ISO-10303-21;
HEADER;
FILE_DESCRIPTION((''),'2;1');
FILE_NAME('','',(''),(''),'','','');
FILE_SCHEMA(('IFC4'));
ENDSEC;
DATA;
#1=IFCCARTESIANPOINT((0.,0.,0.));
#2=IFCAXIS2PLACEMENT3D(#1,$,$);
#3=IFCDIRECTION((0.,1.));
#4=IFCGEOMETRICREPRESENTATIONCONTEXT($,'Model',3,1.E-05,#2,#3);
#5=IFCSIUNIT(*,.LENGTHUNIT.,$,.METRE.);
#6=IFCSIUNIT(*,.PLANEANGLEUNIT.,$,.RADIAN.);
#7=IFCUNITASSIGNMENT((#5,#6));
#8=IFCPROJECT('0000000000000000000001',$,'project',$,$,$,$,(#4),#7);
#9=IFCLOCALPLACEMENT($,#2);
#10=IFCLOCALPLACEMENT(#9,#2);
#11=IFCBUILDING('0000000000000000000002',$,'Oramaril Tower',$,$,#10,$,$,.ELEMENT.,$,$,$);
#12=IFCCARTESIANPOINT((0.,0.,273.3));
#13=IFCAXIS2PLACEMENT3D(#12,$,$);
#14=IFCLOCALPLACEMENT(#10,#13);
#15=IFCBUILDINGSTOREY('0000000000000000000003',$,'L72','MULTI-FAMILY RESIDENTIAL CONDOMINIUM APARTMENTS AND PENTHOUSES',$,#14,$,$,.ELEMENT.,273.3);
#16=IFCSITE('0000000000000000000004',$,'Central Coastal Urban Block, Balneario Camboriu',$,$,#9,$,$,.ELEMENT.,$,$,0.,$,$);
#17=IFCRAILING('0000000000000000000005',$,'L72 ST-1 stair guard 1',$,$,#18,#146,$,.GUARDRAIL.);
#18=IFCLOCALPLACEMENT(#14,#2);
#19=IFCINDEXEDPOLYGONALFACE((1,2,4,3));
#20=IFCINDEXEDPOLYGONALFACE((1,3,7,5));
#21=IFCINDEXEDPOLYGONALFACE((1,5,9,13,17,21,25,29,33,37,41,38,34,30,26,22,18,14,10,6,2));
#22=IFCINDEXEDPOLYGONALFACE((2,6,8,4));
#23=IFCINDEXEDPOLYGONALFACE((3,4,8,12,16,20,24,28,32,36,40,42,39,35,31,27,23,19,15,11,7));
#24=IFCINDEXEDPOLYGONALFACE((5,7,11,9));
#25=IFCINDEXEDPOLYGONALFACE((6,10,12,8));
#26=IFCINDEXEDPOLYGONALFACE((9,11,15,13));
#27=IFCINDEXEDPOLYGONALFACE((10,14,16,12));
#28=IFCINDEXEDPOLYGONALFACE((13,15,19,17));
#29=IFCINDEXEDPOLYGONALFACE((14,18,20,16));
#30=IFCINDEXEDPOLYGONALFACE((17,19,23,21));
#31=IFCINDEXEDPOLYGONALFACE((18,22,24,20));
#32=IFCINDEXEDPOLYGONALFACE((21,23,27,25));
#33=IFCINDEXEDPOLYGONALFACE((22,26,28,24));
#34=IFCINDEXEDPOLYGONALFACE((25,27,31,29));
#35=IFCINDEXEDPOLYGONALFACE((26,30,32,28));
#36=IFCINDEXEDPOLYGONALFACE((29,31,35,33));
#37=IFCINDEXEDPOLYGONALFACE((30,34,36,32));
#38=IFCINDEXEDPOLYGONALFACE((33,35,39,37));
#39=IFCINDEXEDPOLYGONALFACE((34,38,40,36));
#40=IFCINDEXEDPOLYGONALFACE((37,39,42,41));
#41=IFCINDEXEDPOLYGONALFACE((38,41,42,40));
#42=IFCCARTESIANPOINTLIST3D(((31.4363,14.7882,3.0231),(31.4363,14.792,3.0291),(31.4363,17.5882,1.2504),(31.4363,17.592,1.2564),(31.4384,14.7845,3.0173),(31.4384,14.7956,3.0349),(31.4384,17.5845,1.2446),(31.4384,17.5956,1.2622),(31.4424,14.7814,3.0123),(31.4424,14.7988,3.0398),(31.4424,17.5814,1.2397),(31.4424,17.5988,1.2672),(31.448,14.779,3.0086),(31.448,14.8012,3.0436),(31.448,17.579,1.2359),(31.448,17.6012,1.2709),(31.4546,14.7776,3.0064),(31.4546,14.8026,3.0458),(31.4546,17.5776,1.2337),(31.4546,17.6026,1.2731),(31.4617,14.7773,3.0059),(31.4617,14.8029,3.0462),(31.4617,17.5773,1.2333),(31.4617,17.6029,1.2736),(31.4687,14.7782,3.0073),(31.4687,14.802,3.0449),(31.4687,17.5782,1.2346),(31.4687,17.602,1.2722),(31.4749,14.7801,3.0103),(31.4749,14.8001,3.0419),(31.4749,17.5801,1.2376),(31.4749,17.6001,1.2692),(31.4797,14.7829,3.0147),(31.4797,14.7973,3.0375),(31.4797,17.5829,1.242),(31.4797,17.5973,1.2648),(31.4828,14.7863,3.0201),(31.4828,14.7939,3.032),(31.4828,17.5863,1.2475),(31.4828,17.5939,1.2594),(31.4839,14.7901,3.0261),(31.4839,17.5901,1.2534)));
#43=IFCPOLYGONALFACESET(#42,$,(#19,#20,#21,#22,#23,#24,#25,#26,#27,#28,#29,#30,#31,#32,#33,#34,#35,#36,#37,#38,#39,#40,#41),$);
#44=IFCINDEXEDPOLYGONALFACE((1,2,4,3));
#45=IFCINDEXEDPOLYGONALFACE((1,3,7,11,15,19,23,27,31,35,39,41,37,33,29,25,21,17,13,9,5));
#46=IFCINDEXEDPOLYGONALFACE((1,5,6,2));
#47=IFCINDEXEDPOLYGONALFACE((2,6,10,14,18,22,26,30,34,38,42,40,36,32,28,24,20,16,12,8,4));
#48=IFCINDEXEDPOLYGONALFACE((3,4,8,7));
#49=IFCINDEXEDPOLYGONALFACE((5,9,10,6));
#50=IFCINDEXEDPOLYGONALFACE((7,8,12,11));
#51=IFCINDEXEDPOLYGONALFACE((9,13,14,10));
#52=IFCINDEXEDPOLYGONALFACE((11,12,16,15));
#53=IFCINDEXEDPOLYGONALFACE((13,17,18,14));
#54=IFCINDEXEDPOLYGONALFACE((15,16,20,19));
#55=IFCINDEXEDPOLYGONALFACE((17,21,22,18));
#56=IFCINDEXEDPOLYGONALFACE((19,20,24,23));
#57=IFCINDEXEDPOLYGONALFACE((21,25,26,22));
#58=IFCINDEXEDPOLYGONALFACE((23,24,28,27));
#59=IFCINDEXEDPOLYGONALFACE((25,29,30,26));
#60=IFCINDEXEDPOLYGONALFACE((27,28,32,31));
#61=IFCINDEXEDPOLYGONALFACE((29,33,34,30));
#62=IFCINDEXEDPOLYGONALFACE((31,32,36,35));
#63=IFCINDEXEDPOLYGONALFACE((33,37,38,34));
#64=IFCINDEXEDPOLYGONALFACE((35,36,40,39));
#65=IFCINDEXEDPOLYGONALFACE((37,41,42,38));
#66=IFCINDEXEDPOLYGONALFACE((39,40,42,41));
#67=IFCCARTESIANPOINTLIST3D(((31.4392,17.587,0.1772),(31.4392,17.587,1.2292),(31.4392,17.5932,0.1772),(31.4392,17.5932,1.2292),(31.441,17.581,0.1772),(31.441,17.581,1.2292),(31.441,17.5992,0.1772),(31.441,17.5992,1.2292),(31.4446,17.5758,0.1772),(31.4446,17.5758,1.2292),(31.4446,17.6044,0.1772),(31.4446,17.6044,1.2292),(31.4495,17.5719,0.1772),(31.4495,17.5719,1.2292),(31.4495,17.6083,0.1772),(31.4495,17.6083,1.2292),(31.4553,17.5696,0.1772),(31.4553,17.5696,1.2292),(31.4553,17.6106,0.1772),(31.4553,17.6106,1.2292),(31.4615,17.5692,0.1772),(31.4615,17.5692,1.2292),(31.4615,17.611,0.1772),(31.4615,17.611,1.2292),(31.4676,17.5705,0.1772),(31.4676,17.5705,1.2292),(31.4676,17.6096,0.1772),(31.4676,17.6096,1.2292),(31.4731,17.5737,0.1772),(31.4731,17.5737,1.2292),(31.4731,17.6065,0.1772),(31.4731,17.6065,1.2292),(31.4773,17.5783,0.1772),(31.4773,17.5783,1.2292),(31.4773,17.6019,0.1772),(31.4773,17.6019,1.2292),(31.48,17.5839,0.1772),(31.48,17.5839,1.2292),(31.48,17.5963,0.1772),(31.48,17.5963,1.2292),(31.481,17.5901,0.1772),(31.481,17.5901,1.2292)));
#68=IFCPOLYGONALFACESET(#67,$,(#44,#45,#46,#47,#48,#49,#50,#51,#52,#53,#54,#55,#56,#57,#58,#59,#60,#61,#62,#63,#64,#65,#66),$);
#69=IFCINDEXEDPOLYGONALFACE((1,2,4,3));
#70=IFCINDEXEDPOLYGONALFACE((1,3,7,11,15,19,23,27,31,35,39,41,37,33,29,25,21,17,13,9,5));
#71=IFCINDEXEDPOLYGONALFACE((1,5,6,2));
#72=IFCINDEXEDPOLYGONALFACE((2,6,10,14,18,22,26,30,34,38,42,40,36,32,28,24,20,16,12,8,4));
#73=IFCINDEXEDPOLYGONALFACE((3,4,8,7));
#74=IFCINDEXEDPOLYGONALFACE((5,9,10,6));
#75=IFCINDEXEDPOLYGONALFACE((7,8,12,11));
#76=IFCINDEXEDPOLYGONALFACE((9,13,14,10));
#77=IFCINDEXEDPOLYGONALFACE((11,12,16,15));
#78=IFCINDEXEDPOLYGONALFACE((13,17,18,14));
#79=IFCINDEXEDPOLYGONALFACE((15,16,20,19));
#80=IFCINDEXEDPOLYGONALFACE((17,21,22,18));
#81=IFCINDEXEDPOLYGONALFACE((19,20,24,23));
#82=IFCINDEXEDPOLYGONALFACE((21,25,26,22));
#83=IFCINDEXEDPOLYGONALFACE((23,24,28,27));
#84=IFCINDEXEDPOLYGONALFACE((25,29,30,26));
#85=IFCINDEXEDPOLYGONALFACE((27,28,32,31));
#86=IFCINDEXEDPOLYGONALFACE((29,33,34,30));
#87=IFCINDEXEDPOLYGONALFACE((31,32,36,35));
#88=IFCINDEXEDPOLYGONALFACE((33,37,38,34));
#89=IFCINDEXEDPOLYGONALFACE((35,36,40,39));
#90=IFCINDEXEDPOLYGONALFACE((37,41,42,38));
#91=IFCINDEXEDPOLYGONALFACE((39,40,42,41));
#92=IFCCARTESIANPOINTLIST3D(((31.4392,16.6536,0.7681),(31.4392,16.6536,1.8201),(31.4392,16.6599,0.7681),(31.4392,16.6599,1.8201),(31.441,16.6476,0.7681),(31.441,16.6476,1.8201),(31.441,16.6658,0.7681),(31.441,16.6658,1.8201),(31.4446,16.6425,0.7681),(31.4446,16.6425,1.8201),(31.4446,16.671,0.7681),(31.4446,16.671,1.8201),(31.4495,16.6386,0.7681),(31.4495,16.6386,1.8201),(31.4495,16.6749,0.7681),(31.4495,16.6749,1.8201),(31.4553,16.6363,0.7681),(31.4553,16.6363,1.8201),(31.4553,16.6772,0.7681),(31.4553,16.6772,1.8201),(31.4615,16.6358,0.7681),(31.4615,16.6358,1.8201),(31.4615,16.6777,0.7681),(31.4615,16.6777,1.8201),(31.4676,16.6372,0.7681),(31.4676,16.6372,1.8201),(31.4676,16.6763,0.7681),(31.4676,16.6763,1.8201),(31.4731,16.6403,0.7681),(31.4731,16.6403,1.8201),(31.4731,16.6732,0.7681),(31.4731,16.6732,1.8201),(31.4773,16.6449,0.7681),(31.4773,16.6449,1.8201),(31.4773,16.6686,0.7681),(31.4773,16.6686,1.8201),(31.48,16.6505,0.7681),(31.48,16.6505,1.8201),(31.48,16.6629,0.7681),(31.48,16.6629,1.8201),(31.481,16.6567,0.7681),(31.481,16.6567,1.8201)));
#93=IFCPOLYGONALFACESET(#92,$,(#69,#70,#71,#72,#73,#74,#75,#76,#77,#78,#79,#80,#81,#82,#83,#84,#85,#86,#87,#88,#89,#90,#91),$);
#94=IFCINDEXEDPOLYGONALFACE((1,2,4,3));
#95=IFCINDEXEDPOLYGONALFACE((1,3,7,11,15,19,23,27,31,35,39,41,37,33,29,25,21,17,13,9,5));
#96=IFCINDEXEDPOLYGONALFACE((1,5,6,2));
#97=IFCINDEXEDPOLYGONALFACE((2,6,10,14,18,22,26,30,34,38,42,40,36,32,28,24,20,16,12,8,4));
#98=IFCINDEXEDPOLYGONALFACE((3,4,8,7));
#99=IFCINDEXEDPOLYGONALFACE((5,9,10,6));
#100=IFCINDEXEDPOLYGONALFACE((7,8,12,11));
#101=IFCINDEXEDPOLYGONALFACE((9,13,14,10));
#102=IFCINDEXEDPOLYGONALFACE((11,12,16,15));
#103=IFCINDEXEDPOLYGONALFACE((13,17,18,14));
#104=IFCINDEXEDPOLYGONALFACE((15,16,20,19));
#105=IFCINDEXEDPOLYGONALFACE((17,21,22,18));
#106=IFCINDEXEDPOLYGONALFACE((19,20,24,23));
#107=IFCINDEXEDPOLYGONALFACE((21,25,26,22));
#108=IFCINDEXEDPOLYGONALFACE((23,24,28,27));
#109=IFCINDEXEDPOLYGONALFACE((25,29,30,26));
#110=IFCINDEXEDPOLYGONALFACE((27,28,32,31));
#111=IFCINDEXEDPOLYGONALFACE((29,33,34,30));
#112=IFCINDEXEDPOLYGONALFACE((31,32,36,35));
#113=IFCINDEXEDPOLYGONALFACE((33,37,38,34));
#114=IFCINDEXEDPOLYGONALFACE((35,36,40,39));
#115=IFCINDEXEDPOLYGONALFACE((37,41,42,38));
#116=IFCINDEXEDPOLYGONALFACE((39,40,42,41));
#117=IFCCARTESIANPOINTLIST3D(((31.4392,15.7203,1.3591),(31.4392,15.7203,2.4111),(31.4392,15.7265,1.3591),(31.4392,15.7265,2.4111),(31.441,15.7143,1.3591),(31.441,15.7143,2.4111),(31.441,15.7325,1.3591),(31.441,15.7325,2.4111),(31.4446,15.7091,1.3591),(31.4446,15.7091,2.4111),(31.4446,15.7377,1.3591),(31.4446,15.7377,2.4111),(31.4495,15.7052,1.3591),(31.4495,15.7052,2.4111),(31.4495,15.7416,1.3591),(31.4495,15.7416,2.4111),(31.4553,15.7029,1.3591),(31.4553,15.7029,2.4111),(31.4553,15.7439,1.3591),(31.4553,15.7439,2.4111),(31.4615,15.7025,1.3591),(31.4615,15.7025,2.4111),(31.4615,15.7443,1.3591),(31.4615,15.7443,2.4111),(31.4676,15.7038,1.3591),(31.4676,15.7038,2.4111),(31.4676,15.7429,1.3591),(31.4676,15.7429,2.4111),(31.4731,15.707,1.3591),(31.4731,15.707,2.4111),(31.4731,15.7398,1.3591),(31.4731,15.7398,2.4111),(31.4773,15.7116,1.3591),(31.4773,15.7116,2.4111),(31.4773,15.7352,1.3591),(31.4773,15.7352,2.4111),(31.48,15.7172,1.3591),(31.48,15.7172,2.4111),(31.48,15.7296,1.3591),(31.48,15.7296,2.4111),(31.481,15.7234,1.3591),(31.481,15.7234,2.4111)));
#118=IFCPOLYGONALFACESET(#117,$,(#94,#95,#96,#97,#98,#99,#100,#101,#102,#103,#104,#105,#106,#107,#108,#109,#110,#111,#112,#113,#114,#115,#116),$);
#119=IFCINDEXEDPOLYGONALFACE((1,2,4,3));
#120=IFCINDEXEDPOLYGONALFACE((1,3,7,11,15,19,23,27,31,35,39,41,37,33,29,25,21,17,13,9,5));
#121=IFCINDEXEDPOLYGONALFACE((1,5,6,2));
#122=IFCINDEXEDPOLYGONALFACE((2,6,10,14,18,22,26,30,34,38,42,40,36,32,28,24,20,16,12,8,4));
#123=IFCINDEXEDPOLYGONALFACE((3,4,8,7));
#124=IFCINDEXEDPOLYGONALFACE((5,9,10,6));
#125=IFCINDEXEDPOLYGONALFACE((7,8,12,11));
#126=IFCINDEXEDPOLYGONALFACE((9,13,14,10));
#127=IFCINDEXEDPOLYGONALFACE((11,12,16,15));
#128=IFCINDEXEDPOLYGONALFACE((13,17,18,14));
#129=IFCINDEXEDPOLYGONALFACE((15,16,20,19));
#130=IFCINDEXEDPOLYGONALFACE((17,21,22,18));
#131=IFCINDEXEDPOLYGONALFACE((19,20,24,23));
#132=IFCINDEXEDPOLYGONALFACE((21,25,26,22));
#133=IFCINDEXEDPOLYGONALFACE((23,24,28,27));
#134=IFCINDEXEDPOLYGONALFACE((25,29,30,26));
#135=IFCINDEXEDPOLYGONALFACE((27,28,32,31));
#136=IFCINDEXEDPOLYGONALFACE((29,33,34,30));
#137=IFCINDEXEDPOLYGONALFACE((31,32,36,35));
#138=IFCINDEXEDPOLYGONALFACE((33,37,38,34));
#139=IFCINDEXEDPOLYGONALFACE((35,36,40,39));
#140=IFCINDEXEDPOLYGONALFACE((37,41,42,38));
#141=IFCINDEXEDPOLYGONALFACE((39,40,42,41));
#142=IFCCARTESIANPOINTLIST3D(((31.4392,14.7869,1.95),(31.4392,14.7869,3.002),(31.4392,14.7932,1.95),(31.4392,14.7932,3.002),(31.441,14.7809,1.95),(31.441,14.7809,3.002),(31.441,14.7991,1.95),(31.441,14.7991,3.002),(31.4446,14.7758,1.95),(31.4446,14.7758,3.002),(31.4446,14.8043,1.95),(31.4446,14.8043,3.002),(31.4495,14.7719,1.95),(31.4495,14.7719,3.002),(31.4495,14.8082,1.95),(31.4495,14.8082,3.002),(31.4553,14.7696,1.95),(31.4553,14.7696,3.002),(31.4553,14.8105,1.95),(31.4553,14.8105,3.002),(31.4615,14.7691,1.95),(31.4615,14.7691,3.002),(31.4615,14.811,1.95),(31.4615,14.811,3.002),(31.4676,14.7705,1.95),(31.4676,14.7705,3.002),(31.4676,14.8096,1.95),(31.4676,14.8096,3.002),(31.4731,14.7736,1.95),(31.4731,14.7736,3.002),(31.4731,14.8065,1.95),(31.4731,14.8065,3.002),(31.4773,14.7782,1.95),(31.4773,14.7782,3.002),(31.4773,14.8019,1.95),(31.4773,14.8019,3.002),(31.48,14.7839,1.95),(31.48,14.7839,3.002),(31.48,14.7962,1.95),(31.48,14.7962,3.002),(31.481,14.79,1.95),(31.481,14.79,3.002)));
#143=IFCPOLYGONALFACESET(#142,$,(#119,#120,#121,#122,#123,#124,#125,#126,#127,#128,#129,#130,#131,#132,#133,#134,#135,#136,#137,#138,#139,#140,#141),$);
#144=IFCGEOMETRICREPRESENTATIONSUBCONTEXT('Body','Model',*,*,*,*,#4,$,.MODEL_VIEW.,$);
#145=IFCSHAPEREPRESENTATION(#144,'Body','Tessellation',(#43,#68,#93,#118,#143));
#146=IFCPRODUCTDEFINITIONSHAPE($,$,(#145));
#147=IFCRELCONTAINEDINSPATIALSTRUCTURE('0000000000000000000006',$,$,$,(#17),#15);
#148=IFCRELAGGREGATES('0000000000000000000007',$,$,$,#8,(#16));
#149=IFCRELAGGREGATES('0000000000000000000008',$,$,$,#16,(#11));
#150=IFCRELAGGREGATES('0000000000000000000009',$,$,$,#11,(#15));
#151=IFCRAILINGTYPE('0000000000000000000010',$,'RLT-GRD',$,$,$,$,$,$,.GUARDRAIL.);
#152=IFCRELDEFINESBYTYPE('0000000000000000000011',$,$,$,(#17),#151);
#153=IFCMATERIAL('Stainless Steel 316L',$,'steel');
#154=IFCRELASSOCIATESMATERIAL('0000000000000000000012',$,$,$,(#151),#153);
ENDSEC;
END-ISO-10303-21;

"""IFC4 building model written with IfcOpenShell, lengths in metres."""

from ifc_helpers import new_model, si_unit, direction, frame, origin, origin_2d, place, context, subcontext, project, spatial, circle, extrude, material, type_object, element, save


model = new_model("IFC4")

# Units and contexts
model_context = context("Model", 3, precision=1e-05, world=origin(), true_north=direction((0.0, 1.0)))
body_context = subcontext(model_context, "Body", "Model", "MODEL_VIEW")
ifc_project = project(units=[si_unit("LENGTHUNIT", "METRE"), si_unit("PLANEANGLEUNIT", "RADIAN")], contexts=[model_context])

# Site, building, storey
site_placement = place(None, origin())
site = spatial("IfcSite", under=ifc_project, at=site_placement, Name="Central Coastal Urban Block, Balneario Camboriu", CompositionType="ELEMENT", RefElevation=0.0)
building_placement = place(site_placement, origin())
building = spatial("IfcBuilding", under=site, at=building_placement, Name="Oramaril Tower", CompositionType="ELEMENT")
storey_placement = place(building_placement, frame((0.0, 0.0, 273.3)))
storey = spatial("IfcBuildingStorey", under=building, at=storey_placement, Name="L72", Description="MULTI-FAMILY RESIDENTIAL CONDOMINIUM APARTMENTS AND PENTHOUSES", CompositionType="ELEMENT", Elevation=273.3)

# Railing
ifc_material_1 = material(Name="Stainless Steel 316L", Category="steel")
railing_type_1 = type_object("IfcRailingType", Name="RLT-GRD", PredefinedType="GUARDRAIL", material=ifc_material_1)
railing_1_placement = place(storey_placement, frame((31.46, 17.5901, 0.1772)))
element("IfcRailing", 1, at=railing_1_placement, inside=storey, type_object=railing_type_1, Name="L72 ST-1 stair guard 1", PredefinedType="GUARDRAIL", context=body_context, shape_type="SweptSolid", body=[
    extrude(circle(Radius=0.0239, at=origin_2d()), frame((0.0, 0.0, 1.0762), z_axis=(0.0, -0.844909, 0.53491), x_axis=(1.0, 0.0, 0.0)), (0.0, 0.0, 1.0), 3.314),
    extrude(circle(Radius=0.021, at=origin_2d()), origin(), (0.0, 0.0, 1.0), 1.052),
    extrude(circle(Radius=0.021, at=origin_2d()), frame((0.0, -0.9333, 0.5908)), (0.0, 0.0, 1.0), 1.052),
    extrude(circle(Radius=0.021, at=origin_2d()), frame((0.0, -1.8667, 1.1819)), (0.0, 0.0, 1.0), 1.052),
    extrude(circle(Radius=0.021, at=origin_2d()), frame((0.0, -2.8, 1.7727)), (0.0, 0.0, 1.0), 1.052),
])

save(model, "model.ifc")
